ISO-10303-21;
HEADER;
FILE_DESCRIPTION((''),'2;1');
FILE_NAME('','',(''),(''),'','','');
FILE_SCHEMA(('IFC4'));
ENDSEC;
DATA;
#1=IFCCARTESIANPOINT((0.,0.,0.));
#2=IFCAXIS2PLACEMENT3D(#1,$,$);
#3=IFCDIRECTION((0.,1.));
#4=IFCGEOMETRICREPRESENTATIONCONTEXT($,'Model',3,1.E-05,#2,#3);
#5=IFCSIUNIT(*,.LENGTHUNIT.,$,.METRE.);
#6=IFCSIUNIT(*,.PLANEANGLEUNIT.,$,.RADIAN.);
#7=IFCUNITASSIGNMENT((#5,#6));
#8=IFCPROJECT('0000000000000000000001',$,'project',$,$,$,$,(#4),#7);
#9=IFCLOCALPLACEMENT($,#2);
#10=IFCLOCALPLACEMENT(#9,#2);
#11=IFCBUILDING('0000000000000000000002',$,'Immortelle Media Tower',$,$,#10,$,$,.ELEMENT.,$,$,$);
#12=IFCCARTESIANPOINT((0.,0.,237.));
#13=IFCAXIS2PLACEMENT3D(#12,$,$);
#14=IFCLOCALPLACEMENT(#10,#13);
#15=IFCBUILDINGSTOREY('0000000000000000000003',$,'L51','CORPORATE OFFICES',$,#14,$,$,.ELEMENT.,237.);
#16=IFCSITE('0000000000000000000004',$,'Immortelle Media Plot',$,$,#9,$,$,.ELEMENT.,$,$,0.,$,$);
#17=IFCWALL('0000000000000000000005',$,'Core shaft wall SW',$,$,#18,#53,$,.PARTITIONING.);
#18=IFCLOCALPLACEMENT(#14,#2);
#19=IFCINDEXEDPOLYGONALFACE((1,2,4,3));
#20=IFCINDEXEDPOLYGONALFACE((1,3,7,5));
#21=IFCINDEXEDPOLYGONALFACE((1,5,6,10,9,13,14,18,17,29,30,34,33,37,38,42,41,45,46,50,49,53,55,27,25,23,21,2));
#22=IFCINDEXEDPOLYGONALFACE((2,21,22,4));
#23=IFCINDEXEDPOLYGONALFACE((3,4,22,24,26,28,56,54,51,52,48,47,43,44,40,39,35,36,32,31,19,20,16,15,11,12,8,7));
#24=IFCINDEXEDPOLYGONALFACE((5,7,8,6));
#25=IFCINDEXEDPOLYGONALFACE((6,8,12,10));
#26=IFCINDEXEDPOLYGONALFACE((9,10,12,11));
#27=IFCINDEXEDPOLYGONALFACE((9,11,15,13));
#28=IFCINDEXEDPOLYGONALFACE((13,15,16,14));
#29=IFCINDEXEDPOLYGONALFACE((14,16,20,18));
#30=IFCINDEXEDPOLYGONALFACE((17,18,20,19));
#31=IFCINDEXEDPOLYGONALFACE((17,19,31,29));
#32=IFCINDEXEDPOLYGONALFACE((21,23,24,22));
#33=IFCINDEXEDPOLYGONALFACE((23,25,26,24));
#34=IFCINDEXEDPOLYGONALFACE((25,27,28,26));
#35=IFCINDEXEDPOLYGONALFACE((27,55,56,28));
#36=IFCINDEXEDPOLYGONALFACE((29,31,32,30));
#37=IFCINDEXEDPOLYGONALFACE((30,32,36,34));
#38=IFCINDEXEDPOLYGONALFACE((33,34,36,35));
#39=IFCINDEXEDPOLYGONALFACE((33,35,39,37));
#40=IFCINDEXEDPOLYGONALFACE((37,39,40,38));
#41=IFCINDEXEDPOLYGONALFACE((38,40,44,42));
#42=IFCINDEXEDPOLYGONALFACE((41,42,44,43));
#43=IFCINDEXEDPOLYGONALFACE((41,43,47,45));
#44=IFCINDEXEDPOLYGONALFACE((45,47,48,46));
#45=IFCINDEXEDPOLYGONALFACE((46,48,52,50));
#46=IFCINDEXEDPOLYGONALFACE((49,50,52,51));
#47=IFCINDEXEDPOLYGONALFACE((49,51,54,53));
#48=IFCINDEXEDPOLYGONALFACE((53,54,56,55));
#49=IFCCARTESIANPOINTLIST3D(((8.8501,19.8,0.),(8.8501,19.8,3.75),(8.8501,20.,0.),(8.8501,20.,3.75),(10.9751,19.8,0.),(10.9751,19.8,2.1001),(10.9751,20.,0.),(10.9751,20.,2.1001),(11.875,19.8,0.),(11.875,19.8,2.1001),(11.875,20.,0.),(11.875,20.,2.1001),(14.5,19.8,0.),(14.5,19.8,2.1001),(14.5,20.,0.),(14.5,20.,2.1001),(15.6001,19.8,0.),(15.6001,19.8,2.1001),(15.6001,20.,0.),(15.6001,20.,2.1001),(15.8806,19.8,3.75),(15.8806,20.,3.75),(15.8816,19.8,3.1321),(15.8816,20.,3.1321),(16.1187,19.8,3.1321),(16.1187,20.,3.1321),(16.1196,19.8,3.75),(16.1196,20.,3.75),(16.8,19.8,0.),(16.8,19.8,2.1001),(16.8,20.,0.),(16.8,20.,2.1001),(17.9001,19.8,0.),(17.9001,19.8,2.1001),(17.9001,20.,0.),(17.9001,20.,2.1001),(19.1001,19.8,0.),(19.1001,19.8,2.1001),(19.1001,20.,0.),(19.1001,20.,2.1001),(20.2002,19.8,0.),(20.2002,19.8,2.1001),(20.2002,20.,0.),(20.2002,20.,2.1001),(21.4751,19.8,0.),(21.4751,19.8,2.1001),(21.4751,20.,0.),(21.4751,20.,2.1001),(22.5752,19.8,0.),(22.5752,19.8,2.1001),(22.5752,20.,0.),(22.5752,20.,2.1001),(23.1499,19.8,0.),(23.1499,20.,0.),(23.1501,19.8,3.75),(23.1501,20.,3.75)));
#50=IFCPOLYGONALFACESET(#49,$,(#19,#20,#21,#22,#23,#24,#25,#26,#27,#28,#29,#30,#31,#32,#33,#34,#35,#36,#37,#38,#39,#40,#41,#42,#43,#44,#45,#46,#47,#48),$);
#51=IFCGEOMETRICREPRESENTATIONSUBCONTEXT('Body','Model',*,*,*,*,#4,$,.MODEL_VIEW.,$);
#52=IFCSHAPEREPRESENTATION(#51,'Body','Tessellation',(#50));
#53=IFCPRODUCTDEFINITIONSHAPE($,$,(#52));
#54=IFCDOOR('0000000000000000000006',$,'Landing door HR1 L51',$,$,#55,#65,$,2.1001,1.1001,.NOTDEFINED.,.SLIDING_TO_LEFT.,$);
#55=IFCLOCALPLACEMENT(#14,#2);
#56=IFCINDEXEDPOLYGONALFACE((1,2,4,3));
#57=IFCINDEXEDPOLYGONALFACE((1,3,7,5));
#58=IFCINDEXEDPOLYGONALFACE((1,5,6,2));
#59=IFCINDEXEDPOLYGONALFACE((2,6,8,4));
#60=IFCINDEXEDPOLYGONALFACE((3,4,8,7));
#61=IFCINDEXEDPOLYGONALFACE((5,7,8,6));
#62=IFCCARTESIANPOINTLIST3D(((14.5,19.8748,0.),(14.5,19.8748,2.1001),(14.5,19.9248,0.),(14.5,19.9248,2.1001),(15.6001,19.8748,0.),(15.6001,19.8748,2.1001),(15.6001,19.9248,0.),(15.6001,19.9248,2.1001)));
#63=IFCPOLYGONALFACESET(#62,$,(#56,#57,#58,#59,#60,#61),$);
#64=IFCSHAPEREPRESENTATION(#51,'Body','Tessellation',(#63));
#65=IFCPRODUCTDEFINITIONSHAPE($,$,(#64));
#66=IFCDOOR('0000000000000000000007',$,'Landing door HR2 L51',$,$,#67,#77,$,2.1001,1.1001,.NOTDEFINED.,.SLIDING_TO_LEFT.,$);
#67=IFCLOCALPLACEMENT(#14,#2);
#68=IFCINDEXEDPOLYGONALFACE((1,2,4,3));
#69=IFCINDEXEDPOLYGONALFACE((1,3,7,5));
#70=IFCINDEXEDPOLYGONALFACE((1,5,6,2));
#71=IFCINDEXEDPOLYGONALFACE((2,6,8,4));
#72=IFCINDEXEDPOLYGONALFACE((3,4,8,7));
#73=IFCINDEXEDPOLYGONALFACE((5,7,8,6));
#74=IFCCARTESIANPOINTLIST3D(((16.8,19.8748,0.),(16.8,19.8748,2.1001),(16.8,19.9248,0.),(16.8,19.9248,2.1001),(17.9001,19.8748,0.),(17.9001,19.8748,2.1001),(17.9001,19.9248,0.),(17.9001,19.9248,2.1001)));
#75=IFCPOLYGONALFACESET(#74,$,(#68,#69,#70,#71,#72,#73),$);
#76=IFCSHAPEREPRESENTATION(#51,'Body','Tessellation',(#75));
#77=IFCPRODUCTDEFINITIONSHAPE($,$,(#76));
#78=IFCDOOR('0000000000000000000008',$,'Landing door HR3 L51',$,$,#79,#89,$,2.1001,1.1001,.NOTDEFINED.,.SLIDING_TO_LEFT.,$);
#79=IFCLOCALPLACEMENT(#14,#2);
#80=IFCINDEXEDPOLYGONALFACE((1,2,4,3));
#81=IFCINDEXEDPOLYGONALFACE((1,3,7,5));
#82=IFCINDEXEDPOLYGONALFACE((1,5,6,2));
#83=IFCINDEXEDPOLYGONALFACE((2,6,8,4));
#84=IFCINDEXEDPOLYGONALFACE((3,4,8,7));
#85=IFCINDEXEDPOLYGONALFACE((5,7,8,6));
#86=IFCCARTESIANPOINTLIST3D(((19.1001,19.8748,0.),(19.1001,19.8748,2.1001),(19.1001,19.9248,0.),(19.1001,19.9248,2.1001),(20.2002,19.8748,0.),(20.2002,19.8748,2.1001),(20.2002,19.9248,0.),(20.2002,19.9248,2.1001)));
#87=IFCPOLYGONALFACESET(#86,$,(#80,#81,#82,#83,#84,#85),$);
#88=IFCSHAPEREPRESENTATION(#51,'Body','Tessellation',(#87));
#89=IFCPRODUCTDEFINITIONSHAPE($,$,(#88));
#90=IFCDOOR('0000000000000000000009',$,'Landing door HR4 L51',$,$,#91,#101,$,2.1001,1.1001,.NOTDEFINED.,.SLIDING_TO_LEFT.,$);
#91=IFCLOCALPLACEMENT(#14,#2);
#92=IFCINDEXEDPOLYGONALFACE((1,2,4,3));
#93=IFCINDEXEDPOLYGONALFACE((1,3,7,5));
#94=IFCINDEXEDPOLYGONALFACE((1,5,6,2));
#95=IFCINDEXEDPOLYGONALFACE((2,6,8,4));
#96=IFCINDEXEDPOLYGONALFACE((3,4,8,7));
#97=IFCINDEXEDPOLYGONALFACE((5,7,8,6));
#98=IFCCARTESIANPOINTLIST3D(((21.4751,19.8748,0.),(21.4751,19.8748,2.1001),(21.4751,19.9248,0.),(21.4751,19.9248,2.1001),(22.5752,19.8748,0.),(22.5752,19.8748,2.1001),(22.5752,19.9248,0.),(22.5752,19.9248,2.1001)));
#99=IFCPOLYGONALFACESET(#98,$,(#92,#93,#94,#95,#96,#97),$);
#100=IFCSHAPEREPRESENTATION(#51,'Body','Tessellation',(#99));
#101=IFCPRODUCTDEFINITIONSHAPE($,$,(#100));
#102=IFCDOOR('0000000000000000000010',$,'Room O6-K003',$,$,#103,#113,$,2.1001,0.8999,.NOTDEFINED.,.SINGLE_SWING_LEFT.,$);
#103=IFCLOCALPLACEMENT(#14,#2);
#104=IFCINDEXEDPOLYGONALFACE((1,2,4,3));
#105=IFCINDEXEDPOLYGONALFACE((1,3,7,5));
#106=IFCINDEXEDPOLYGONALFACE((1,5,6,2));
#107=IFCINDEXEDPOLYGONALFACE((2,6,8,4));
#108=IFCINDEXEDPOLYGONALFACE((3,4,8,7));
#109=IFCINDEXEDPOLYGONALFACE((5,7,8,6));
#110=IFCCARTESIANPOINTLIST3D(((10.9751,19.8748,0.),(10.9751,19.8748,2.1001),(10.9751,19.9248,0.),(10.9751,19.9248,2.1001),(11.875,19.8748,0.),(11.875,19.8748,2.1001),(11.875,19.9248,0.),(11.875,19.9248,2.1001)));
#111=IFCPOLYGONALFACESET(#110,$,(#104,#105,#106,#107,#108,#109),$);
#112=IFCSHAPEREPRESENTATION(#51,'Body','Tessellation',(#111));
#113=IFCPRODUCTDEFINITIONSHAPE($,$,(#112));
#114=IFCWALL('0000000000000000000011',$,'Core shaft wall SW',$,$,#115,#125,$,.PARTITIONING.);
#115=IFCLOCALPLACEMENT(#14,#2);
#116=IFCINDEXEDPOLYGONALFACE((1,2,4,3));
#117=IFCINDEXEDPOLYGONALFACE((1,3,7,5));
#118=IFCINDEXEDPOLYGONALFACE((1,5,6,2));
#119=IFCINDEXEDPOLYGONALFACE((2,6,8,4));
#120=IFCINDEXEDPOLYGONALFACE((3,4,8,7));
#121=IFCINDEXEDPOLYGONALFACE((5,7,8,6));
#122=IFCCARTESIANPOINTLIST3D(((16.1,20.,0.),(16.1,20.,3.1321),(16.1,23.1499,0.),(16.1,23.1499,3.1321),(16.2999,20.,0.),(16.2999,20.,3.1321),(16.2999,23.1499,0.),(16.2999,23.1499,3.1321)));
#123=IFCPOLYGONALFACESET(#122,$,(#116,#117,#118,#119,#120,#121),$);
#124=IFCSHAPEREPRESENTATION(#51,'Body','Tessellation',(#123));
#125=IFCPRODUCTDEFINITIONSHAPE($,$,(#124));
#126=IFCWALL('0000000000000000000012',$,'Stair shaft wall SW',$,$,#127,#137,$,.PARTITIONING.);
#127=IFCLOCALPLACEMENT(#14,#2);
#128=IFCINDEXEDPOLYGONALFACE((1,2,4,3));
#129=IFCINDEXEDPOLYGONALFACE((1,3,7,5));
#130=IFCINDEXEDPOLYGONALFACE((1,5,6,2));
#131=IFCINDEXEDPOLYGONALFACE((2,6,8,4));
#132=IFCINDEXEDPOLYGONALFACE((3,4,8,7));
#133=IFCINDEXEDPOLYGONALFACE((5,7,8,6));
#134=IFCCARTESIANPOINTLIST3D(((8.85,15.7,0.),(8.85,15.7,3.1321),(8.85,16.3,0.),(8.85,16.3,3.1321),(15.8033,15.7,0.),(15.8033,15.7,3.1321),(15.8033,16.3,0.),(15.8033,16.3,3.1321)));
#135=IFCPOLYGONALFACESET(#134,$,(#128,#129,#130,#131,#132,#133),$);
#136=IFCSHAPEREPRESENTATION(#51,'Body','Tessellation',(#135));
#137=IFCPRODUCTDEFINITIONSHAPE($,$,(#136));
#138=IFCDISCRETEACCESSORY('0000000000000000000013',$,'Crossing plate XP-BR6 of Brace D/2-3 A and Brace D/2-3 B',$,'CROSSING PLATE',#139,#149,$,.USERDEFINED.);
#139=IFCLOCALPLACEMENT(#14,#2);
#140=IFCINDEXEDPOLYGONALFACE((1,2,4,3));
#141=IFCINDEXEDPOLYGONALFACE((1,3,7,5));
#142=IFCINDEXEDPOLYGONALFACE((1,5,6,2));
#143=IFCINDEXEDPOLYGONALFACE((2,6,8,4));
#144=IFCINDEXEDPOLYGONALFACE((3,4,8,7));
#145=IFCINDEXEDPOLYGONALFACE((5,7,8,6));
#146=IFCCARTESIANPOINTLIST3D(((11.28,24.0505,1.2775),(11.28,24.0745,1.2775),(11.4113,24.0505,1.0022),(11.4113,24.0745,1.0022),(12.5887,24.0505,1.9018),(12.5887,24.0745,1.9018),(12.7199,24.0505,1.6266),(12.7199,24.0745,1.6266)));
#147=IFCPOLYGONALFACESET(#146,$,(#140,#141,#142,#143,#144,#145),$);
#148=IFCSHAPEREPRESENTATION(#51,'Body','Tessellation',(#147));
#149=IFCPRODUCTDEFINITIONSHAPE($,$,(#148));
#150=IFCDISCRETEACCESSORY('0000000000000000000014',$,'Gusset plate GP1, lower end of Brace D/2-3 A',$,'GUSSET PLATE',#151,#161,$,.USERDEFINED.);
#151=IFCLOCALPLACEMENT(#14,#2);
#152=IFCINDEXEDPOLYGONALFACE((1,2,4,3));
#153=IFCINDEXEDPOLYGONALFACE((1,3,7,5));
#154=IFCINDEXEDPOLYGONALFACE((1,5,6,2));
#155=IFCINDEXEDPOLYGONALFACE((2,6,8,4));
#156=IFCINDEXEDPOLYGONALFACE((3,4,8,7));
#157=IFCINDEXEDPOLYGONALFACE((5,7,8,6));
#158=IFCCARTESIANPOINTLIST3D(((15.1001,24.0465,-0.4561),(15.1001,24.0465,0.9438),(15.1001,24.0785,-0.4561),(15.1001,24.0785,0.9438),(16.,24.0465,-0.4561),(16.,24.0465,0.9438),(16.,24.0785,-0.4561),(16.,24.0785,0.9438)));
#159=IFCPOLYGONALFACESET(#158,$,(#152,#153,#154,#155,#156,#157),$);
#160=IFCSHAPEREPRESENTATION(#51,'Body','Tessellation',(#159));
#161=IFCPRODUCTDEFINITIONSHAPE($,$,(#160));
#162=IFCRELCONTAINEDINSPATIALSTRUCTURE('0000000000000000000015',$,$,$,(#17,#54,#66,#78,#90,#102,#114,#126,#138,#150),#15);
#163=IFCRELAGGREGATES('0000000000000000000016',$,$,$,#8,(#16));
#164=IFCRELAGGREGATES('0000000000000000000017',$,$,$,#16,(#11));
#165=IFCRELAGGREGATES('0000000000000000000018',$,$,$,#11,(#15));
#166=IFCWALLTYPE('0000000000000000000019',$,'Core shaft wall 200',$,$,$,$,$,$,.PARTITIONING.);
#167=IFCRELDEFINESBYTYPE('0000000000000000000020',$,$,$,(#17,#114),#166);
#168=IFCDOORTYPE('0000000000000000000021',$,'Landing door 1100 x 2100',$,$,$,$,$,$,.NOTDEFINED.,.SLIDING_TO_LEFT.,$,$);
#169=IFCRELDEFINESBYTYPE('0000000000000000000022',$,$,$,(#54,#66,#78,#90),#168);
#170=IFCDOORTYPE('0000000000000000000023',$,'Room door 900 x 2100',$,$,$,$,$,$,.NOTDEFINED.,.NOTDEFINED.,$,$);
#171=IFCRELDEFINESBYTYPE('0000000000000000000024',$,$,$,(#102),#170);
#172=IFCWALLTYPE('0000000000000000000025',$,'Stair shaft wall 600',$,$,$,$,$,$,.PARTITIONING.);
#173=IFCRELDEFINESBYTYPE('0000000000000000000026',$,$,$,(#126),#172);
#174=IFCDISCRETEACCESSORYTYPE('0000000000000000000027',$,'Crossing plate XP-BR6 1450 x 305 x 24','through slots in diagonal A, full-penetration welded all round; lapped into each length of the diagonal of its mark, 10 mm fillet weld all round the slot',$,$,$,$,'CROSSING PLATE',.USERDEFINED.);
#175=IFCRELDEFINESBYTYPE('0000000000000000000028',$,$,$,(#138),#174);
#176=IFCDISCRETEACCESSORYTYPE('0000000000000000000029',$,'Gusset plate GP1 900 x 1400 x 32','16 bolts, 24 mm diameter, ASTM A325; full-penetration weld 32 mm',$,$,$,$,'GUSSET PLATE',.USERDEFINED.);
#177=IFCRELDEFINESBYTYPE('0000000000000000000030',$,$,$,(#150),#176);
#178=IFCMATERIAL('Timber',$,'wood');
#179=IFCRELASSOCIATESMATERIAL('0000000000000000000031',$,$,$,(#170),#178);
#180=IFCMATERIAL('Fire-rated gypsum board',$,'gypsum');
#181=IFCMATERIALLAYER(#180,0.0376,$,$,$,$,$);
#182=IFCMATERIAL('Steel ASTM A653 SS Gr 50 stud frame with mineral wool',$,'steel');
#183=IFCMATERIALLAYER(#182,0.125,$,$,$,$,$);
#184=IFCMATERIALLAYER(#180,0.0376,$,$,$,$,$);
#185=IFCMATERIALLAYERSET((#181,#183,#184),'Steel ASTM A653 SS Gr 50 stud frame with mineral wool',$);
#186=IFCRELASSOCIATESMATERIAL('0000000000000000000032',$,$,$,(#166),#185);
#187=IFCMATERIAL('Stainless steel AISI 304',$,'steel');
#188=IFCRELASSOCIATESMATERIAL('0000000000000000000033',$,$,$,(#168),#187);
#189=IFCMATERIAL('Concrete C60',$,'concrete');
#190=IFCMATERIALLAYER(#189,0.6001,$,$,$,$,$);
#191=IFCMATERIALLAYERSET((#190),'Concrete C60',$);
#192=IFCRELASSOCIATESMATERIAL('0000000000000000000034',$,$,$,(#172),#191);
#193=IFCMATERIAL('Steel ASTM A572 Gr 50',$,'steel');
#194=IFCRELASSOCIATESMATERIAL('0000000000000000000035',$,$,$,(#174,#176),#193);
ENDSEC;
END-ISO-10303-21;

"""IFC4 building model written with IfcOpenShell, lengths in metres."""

from ifc_helpers import new_model, si_unit, direction, frame, frame_2d, origin, origin_2d, place, context, subcontext, project, spatial, polyline, rectangle, outline, extrude, material, layer, layer_set, material_profile, profile_set, type_object, element, fill, save


model = new_model("IFC4")

# Units and contexts
model_context = context("Model", 3, precision=1e-05, world=origin(), true_north=direction((0.0, 1.0)))
body_context = subcontext(model_context, "Body", "Model", "MODEL_VIEW")
ifc_project = project(units=[si_unit("LENGTHUNIT", "METRE"), si_unit("PLANEANGLEUNIT", "RADIAN")], contexts=[model_context])

# Site, building, storey
site_placement = place(None, origin())
site = spatial("IfcSite", under=ifc_project, at=site_placement, Name="Immortelle Media Plot", CompositionType="ELEMENT", RefElevation=0.0)
building_placement = place(site_placement, origin())
building = spatial("IfcBuilding", under=site, at=building_placement, Name="Immortelle Media Tower", CompositionType="ELEMENT")
storey_placement = place(building_placement, frame((0.0, 0.0, 237.0)))
storey = spatial("IfcBuildingStorey", under=building, at=storey_placement, Name="L51", Description="CORPORATE OFFICES", CompositionType="ELEMENT", Elevation=237.0)

# Shared definitions
ifc_material_1 = material(Name="Timber", Category="wood")

# Shared definitions
ifc_material_2 = material(Name="Fire-rated gypsum board", Category="gypsum")
ifc_material_3 = material(Name="Steel ASTM A653 SS Gr 50 stud frame with mineral wool", Category="steel")

# Shared definitions
door_type_1 = type_object("IfcDoorType", Name="Room door 900 x 2100", OperationType="NOTDEFINED", PredefinedType="NOTDEFINED", material=ifc_material_1)

# Shared definitions
ifc_layer_1 = layer(ifc_material_2, 0.0376)
ifc_layer_2 = layer(ifc_material_3, 0.125)
ifc_layer_3 = layer(ifc_material_2, 0.0376)
ifc_layer_set_1 = layer_set([ifc_layer_1, ifc_layer_2, ifc_layer_3], Name="Steel ASTM A653 SS Gr 50 stud frame with mineral wool")
wall_type_1 = type_object("IfcWallType", Name="Core shaft wall 200", PredefinedType="PARTITIONING", material=ifc_layer_set_1)

# Wall, openings, doors
wall_1_placement = place(storey_placement, frame((8.8501, 19.8999, 0.0), z_axis=(0.0, 0.0, 1.0), x_axis=(1.0, 0.0, 0.0)))
wall_1 = element("IfcWall", 1, at=wall_1_placement, inside=storey, type_object=wall_type_1, Name="Core shaft wall SW", PredefinedType="PARTITIONING", context=body_context, shape_type="SweptSolid", body=[
    extrude(outline(polyline([(0.0, 0.0), (14.2998, 0.0), (14.3, 3.75), (7.2695, 3.75), (7.2686, 3.1321), (7.0315, 3.1321), (7.0305, 3.75), (0.0, 3.75), (0.0, 0.0)])), frame((0.0, 0.1001, 0.0), z_axis=(0.0, -1.0, 0.0), x_axis=(1.0, 0.0, 0.0)), (0.0, 0.0, 1.0), 0.2),
])
opening_1_placement = place(wall_1_placement, frame((2.125, 0.0, 0.0)))
opening_1 = element("IfcOpeningElement", 2, at=opening_1_placement, cuts=wall_1, PredefinedType="OPENING", context=body_context, shape_type="SweptSolid", body=[
    extrude(rectangle(XDim=0.8999, YDim=2.1001, at=frame_2d((0.45, 1.05))), frame((0.0, 0.1099, 0.0), z_axis=(0.0, -1.0, 0.0), x_axis=(1.0, 0.0, 0.0)), (0.0, 0.0, 1.0), 0.22),
])
opening_2_placement = place(wall_1_placement, frame((5.6499, 0.0, 0.0)))
opening_2 = element("IfcOpeningElement", 3, at=opening_2_placement, cuts=wall_1, PredefinedType="OPENING", context=body_context, shape_type="SweptSolid", body=[
    extrude(rectangle(XDim=1.1001, YDim=2.1001, at=frame_2d((0.55, 1.05))), frame((0.0, 0.1099, 0.0), z_axis=(0.0, -1.0, 0.0), x_axis=(1.0, 0.0, 0.0)), (0.0, 0.0, 1.0), 0.22),
])
opening_3_placement = place(wall_1_placement, frame((7.95, 0.0, 0.0)))
opening_3 = element("IfcOpeningElement", 4, at=opening_3_placement, cuts=wall_1, PredefinedType="OPENING", context=body_context, shape_type="SweptSolid", body=[
    extrude(rectangle(XDim=1.1001, YDim=2.1001, at=frame_2d((0.55, 1.05))), frame((0.0, 0.1099, 0.0), z_axis=(0.0, -1.0, 0.0), x_axis=(1.0, 0.0, 0.0)), (0.0, 0.0, 1.0), 0.22),
])
opening_4_placement = place(wall_1_placement, frame((10.25, 0.0, 0.0)))
opening_4 = element("IfcOpeningElement", 5, at=opening_4_placement, cuts=wall_1, PredefinedType="OPENING", context=body_context, shape_type="SweptSolid", body=[
    extrude(rectangle(XDim=1.1001, YDim=2.1001, at=frame_2d((0.55, 1.05))), frame((0.0, 0.1099, 0.0), z_axis=(0.0, -1.0, 0.0), x_axis=(1.0, 0.0, 0.0)), (0.0, 0.0, 1.0), 0.22),
])
opening_5_placement = place(wall_1_placement, frame((12.625, 0.0, 0.0)))
opening_5 = element("IfcOpeningElement", 6, at=opening_5_placement, cuts=wall_1, PredefinedType="OPENING", context=body_context, shape_type="SweptSolid", body=[
    extrude(rectangle(XDim=1.1001, YDim=2.1001, at=frame_2d((0.55, 1.05))), frame((0.0, 0.1099, 0.0), z_axis=(0.0, -1.0, 0.0), x_axis=(1.0, 0.0, 0.0)), (0.0, 0.0, 1.0), 0.22),
])
ifc_material_4 = material(Name="Stainless steel AISI 304", Category="steel")
door_type_2 = type_object("IfcDoorType", Name="Landing door 1100 x 2100", OperationType="SLIDING_TO_LEFT", PredefinedType="NOTDEFINED", material=ifc_material_4)
door_1_placement = place(opening_2_placement, origin())
door_1 = element("IfcDoor", 7, at=door_1_placement, inside=storey, type_object=door_type_2, Name="Landing door HR1 L51", OperationType="SLIDING_TO_LEFT", OverallHeight=2.1001, OverallWidth=1.1001, PredefinedType="NOTDEFINED", context=body_context, shape_type="SweptSolid", body=[
    extrude(rectangle(XDim=1.1001, YDim=2.1001, at=frame_2d((0.55, 1.05))), frame((0.0, 0.0249, 0.0), z_axis=(0.0, -1.0, 0.0), x_axis=(1.0, 0.0, 0.0)), (0.0, 0.0, 1.0), 0.05),
])
fill(opening_2, door_1)
door_2_placement = place(opening_3_placement, origin())
door_2 = element("IfcDoor", 8, at=door_2_placement, inside=storey, type_object=door_type_2, Name="Landing door HR2 L51", OperationType="SLIDING_TO_LEFT", OverallHeight=2.1001, OverallWidth=1.1001, PredefinedType="NOTDEFINED", context=body_context, shape_type="SweptSolid", body=[
    extrude(rectangle(XDim=1.1001, YDim=2.1001, at=frame_2d((0.55, 1.05))), frame((0.0, 0.0249, 0.0), z_axis=(0.0, -1.0, 0.0), x_axis=(1.0, 0.0, 0.0)), (0.0, 0.0, 1.0), 0.05),
])
fill(opening_3, door_2)
door_3_placement = place(opening_4_placement, origin())
door_3 = element("IfcDoor", 9, at=door_3_placement, inside=storey, type_object=door_type_2, Name="Landing door HR3 L51", OperationType="SLIDING_TO_LEFT", OverallHeight=2.1001, OverallWidth=1.1001, PredefinedType="NOTDEFINED", context=body_context, shape_type="SweptSolid", body=[
    extrude(rectangle(XDim=1.1001, YDim=2.1001, at=frame_2d((0.55, 1.05))), frame((0.0, 0.0249, 0.0), z_axis=(0.0, -1.0, 0.0), x_axis=(1.0, 0.0, 0.0)), (0.0, 0.0, 1.0), 0.05),
])
fill(opening_4, door_3)
door_4_placement = place(opening_5_placement, origin())
door_4 = element("IfcDoor", 10, at=door_4_placement, inside=storey, type_object=door_type_2, Name="Landing door HR4 L51", OperationType="SLIDING_TO_LEFT", OverallHeight=2.1001, OverallWidth=1.1001, PredefinedType="NOTDEFINED", context=body_context, shape_type="SweptSolid", body=[
    extrude(rectangle(XDim=1.1001, YDim=2.1001, at=frame_2d((0.55, 1.05))), frame((0.0, 0.0249, 0.0), z_axis=(0.0, -1.0, 0.0), x_axis=(1.0, 0.0, 0.0)), (0.0, 0.0, 1.0), 0.05),
])
fill(opening_5, door_4)
door_5_placement = place(opening_1_placement, origin())
door_5 = element("IfcDoor", 11, at=door_5_placement, inside=storey, type_object=door_type_1, Name="Room O6-K003", OperationType="SINGLE_SWING_LEFT", OverallHeight=2.1001, OverallWidth=0.8999, PredefinedType="NOTDEFINED", context=body_context, shape_type="SweptSolid", body=[
    extrude(rectangle(XDim=0.8999, YDim=2.1001, at=frame_2d((0.45, 1.05))), frame((0.0, 0.0249, 0.0), z_axis=(0.0, -1.0, 0.0), x_axis=(1.0, 0.0, 0.0)), (0.0, 0.0, 1.0), 0.05),
])
fill(opening_1, door_5)

# Walls
wall_2_placement = place(storey_placement, frame((16.2, 20.0, 0.0), z_axis=(0.0, 0.0, 1.0), x_axis=(0.0, 1.0, 0.0)))
element("IfcWall", 12, at=wall_2_placement, inside=storey, type_object=wall_type_1, Name="Core shaft wall SW", PredefinedType="PARTITIONING", context=body_context, shape_type="SweptSolid", body=[
    extrude(rectangle(XDim=3.1499, YDim=0.2, at=frame_2d((1.575, 0.0))), origin(), (0.0, 0.0, 1.0), 3.1321),
])
ifc_material_5 = material(Name="Concrete C60", Category="concrete")
ifc_layer_4 = layer(ifc_material_5, 0.6001)
ifc_layer_set_2 = layer_set([ifc_layer_4], Name="Concrete C60")
wall_type_2 = type_object("IfcWallType", Name="Stair shaft wall 600", PredefinedType="PARTITIONING", material=ifc_layer_set_2)
wall_3_placement = place(storey_placement, frame((8.8501, 16.0, 0.0), z_axis=(0.0, 0.0, 1.0), x_axis=(1.0, 0.0, 0.0)))
element("IfcWall", 13, at=wall_3_placement, inside=storey, type_object=wall_type_2, Name="Stair shaft wall SW", PredefinedType="PARTITIONING", context=body_context, shape_type="SweptSolid", body=[
    extrude(rectangle(XDim=6.9534, YDim=0.6001, at=frame_2d((3.4766, 0.0))), origin(), (0.0, 0.0, 1.0), 3.1321),
])

# Discrete accessories
ifc_material_6 = material(Name="Steel ASTM A572 Gr 50", Category="steel")
ifc_material_profile_1 = material_profile(ifc_material_6, rectangle(XDim=0.0239, YDim=0.3049, at=origin_2d()), Name="PL 24 x 305")
ifc_profile_set_1 = profile_set([ifc_material_profile_1], Name="Steel ASTM A572 Gr 50")
discrete_accessory_type_1 = type_object("IfcDiscreteAccessoryType", Name="Crossing plate XP-BR6 1450 x 305 x 24", Description="through slots in diagonal A, full-penetration welded all round; lapped into each length of the diagonal of its mark, 10 mm fillet weld all round the slot", ElementType="CROSSING PLATE", PredefinedType="USERDEFINED", material=ifc_profile_set_1)
discrete_accessory_1_placement = place(storey_placement, frame((12.6543, 24.0625, 1.7642), z_axis=(-0.902558, 0.0, -0.430567), x_axis=(0.0, -1.0, 0.0)))
element("IfcDiscreteAccessory", 14, at=discrete_accessory_1_placement, inside=storey, type_object=discrete_accessory_type_1, Name="Crossing plate XP-BR6 of Brace D/2-3 A and Brace D/2-3 B", ObjectType="CROSSING PLATE", PredefinedType="USERDEFINED", context=body_context, shape_type="SweptSolid", body=[
    extrude(rectangle(XDim=0.0239, YDim=0.3049, at=origin_2d()), origin(), (0.0, 0.0, 1.0), 1.45),
])
ifc_material_profile_2 = material_profile(ifc_material_6, rectangle(XDim=0.032, YDim=1.3999, at=origin_2d()), Name="PL 32 x 1400")
ifc_profile_set_2 = profile_set([ifc_material_profile_2], Name="Steel ASTM A572 Gr 50")
discrete_accessory_type_2 = type_object("IfcDiscreteAccessoryType", Name="Gusset plate GP1 900 x 1400 x 32", Description="16 bolts, 24 mm diameter, ASTM A325; full-penetration weld 32 mm", ElementType="GUSSET PLATE", PredefinedType="USERDEFINED", material=ifc_profile_set_2)
discrete_accessory_2_placement = place(storey_placement, frame((16.0, 24.0625, 0.2439), z_axis=(-1.0, 0.0, 0.0), x_axis=(0.0, -1.0, 0.0)))
element("IfcDiscreteAccessory", 15, at=discrete_accessory_2_placement, inside=storey, type_object=discrete_accessory_type_2, Name="Gusset plate GP1, lower end of Brace D/2-3 A", ObjectType="GUSSET PLATE", PredefinedType="USERDEFINED", context=body_context, shape_type="SweptSolid", body=[
    extrude(rectangle(XDim=0.032, YDim=1.3999, at=origin_2d()), origin(), (0.0, 0.0, 1.0), 0.8999),
])

save(model, "model.ifc")
